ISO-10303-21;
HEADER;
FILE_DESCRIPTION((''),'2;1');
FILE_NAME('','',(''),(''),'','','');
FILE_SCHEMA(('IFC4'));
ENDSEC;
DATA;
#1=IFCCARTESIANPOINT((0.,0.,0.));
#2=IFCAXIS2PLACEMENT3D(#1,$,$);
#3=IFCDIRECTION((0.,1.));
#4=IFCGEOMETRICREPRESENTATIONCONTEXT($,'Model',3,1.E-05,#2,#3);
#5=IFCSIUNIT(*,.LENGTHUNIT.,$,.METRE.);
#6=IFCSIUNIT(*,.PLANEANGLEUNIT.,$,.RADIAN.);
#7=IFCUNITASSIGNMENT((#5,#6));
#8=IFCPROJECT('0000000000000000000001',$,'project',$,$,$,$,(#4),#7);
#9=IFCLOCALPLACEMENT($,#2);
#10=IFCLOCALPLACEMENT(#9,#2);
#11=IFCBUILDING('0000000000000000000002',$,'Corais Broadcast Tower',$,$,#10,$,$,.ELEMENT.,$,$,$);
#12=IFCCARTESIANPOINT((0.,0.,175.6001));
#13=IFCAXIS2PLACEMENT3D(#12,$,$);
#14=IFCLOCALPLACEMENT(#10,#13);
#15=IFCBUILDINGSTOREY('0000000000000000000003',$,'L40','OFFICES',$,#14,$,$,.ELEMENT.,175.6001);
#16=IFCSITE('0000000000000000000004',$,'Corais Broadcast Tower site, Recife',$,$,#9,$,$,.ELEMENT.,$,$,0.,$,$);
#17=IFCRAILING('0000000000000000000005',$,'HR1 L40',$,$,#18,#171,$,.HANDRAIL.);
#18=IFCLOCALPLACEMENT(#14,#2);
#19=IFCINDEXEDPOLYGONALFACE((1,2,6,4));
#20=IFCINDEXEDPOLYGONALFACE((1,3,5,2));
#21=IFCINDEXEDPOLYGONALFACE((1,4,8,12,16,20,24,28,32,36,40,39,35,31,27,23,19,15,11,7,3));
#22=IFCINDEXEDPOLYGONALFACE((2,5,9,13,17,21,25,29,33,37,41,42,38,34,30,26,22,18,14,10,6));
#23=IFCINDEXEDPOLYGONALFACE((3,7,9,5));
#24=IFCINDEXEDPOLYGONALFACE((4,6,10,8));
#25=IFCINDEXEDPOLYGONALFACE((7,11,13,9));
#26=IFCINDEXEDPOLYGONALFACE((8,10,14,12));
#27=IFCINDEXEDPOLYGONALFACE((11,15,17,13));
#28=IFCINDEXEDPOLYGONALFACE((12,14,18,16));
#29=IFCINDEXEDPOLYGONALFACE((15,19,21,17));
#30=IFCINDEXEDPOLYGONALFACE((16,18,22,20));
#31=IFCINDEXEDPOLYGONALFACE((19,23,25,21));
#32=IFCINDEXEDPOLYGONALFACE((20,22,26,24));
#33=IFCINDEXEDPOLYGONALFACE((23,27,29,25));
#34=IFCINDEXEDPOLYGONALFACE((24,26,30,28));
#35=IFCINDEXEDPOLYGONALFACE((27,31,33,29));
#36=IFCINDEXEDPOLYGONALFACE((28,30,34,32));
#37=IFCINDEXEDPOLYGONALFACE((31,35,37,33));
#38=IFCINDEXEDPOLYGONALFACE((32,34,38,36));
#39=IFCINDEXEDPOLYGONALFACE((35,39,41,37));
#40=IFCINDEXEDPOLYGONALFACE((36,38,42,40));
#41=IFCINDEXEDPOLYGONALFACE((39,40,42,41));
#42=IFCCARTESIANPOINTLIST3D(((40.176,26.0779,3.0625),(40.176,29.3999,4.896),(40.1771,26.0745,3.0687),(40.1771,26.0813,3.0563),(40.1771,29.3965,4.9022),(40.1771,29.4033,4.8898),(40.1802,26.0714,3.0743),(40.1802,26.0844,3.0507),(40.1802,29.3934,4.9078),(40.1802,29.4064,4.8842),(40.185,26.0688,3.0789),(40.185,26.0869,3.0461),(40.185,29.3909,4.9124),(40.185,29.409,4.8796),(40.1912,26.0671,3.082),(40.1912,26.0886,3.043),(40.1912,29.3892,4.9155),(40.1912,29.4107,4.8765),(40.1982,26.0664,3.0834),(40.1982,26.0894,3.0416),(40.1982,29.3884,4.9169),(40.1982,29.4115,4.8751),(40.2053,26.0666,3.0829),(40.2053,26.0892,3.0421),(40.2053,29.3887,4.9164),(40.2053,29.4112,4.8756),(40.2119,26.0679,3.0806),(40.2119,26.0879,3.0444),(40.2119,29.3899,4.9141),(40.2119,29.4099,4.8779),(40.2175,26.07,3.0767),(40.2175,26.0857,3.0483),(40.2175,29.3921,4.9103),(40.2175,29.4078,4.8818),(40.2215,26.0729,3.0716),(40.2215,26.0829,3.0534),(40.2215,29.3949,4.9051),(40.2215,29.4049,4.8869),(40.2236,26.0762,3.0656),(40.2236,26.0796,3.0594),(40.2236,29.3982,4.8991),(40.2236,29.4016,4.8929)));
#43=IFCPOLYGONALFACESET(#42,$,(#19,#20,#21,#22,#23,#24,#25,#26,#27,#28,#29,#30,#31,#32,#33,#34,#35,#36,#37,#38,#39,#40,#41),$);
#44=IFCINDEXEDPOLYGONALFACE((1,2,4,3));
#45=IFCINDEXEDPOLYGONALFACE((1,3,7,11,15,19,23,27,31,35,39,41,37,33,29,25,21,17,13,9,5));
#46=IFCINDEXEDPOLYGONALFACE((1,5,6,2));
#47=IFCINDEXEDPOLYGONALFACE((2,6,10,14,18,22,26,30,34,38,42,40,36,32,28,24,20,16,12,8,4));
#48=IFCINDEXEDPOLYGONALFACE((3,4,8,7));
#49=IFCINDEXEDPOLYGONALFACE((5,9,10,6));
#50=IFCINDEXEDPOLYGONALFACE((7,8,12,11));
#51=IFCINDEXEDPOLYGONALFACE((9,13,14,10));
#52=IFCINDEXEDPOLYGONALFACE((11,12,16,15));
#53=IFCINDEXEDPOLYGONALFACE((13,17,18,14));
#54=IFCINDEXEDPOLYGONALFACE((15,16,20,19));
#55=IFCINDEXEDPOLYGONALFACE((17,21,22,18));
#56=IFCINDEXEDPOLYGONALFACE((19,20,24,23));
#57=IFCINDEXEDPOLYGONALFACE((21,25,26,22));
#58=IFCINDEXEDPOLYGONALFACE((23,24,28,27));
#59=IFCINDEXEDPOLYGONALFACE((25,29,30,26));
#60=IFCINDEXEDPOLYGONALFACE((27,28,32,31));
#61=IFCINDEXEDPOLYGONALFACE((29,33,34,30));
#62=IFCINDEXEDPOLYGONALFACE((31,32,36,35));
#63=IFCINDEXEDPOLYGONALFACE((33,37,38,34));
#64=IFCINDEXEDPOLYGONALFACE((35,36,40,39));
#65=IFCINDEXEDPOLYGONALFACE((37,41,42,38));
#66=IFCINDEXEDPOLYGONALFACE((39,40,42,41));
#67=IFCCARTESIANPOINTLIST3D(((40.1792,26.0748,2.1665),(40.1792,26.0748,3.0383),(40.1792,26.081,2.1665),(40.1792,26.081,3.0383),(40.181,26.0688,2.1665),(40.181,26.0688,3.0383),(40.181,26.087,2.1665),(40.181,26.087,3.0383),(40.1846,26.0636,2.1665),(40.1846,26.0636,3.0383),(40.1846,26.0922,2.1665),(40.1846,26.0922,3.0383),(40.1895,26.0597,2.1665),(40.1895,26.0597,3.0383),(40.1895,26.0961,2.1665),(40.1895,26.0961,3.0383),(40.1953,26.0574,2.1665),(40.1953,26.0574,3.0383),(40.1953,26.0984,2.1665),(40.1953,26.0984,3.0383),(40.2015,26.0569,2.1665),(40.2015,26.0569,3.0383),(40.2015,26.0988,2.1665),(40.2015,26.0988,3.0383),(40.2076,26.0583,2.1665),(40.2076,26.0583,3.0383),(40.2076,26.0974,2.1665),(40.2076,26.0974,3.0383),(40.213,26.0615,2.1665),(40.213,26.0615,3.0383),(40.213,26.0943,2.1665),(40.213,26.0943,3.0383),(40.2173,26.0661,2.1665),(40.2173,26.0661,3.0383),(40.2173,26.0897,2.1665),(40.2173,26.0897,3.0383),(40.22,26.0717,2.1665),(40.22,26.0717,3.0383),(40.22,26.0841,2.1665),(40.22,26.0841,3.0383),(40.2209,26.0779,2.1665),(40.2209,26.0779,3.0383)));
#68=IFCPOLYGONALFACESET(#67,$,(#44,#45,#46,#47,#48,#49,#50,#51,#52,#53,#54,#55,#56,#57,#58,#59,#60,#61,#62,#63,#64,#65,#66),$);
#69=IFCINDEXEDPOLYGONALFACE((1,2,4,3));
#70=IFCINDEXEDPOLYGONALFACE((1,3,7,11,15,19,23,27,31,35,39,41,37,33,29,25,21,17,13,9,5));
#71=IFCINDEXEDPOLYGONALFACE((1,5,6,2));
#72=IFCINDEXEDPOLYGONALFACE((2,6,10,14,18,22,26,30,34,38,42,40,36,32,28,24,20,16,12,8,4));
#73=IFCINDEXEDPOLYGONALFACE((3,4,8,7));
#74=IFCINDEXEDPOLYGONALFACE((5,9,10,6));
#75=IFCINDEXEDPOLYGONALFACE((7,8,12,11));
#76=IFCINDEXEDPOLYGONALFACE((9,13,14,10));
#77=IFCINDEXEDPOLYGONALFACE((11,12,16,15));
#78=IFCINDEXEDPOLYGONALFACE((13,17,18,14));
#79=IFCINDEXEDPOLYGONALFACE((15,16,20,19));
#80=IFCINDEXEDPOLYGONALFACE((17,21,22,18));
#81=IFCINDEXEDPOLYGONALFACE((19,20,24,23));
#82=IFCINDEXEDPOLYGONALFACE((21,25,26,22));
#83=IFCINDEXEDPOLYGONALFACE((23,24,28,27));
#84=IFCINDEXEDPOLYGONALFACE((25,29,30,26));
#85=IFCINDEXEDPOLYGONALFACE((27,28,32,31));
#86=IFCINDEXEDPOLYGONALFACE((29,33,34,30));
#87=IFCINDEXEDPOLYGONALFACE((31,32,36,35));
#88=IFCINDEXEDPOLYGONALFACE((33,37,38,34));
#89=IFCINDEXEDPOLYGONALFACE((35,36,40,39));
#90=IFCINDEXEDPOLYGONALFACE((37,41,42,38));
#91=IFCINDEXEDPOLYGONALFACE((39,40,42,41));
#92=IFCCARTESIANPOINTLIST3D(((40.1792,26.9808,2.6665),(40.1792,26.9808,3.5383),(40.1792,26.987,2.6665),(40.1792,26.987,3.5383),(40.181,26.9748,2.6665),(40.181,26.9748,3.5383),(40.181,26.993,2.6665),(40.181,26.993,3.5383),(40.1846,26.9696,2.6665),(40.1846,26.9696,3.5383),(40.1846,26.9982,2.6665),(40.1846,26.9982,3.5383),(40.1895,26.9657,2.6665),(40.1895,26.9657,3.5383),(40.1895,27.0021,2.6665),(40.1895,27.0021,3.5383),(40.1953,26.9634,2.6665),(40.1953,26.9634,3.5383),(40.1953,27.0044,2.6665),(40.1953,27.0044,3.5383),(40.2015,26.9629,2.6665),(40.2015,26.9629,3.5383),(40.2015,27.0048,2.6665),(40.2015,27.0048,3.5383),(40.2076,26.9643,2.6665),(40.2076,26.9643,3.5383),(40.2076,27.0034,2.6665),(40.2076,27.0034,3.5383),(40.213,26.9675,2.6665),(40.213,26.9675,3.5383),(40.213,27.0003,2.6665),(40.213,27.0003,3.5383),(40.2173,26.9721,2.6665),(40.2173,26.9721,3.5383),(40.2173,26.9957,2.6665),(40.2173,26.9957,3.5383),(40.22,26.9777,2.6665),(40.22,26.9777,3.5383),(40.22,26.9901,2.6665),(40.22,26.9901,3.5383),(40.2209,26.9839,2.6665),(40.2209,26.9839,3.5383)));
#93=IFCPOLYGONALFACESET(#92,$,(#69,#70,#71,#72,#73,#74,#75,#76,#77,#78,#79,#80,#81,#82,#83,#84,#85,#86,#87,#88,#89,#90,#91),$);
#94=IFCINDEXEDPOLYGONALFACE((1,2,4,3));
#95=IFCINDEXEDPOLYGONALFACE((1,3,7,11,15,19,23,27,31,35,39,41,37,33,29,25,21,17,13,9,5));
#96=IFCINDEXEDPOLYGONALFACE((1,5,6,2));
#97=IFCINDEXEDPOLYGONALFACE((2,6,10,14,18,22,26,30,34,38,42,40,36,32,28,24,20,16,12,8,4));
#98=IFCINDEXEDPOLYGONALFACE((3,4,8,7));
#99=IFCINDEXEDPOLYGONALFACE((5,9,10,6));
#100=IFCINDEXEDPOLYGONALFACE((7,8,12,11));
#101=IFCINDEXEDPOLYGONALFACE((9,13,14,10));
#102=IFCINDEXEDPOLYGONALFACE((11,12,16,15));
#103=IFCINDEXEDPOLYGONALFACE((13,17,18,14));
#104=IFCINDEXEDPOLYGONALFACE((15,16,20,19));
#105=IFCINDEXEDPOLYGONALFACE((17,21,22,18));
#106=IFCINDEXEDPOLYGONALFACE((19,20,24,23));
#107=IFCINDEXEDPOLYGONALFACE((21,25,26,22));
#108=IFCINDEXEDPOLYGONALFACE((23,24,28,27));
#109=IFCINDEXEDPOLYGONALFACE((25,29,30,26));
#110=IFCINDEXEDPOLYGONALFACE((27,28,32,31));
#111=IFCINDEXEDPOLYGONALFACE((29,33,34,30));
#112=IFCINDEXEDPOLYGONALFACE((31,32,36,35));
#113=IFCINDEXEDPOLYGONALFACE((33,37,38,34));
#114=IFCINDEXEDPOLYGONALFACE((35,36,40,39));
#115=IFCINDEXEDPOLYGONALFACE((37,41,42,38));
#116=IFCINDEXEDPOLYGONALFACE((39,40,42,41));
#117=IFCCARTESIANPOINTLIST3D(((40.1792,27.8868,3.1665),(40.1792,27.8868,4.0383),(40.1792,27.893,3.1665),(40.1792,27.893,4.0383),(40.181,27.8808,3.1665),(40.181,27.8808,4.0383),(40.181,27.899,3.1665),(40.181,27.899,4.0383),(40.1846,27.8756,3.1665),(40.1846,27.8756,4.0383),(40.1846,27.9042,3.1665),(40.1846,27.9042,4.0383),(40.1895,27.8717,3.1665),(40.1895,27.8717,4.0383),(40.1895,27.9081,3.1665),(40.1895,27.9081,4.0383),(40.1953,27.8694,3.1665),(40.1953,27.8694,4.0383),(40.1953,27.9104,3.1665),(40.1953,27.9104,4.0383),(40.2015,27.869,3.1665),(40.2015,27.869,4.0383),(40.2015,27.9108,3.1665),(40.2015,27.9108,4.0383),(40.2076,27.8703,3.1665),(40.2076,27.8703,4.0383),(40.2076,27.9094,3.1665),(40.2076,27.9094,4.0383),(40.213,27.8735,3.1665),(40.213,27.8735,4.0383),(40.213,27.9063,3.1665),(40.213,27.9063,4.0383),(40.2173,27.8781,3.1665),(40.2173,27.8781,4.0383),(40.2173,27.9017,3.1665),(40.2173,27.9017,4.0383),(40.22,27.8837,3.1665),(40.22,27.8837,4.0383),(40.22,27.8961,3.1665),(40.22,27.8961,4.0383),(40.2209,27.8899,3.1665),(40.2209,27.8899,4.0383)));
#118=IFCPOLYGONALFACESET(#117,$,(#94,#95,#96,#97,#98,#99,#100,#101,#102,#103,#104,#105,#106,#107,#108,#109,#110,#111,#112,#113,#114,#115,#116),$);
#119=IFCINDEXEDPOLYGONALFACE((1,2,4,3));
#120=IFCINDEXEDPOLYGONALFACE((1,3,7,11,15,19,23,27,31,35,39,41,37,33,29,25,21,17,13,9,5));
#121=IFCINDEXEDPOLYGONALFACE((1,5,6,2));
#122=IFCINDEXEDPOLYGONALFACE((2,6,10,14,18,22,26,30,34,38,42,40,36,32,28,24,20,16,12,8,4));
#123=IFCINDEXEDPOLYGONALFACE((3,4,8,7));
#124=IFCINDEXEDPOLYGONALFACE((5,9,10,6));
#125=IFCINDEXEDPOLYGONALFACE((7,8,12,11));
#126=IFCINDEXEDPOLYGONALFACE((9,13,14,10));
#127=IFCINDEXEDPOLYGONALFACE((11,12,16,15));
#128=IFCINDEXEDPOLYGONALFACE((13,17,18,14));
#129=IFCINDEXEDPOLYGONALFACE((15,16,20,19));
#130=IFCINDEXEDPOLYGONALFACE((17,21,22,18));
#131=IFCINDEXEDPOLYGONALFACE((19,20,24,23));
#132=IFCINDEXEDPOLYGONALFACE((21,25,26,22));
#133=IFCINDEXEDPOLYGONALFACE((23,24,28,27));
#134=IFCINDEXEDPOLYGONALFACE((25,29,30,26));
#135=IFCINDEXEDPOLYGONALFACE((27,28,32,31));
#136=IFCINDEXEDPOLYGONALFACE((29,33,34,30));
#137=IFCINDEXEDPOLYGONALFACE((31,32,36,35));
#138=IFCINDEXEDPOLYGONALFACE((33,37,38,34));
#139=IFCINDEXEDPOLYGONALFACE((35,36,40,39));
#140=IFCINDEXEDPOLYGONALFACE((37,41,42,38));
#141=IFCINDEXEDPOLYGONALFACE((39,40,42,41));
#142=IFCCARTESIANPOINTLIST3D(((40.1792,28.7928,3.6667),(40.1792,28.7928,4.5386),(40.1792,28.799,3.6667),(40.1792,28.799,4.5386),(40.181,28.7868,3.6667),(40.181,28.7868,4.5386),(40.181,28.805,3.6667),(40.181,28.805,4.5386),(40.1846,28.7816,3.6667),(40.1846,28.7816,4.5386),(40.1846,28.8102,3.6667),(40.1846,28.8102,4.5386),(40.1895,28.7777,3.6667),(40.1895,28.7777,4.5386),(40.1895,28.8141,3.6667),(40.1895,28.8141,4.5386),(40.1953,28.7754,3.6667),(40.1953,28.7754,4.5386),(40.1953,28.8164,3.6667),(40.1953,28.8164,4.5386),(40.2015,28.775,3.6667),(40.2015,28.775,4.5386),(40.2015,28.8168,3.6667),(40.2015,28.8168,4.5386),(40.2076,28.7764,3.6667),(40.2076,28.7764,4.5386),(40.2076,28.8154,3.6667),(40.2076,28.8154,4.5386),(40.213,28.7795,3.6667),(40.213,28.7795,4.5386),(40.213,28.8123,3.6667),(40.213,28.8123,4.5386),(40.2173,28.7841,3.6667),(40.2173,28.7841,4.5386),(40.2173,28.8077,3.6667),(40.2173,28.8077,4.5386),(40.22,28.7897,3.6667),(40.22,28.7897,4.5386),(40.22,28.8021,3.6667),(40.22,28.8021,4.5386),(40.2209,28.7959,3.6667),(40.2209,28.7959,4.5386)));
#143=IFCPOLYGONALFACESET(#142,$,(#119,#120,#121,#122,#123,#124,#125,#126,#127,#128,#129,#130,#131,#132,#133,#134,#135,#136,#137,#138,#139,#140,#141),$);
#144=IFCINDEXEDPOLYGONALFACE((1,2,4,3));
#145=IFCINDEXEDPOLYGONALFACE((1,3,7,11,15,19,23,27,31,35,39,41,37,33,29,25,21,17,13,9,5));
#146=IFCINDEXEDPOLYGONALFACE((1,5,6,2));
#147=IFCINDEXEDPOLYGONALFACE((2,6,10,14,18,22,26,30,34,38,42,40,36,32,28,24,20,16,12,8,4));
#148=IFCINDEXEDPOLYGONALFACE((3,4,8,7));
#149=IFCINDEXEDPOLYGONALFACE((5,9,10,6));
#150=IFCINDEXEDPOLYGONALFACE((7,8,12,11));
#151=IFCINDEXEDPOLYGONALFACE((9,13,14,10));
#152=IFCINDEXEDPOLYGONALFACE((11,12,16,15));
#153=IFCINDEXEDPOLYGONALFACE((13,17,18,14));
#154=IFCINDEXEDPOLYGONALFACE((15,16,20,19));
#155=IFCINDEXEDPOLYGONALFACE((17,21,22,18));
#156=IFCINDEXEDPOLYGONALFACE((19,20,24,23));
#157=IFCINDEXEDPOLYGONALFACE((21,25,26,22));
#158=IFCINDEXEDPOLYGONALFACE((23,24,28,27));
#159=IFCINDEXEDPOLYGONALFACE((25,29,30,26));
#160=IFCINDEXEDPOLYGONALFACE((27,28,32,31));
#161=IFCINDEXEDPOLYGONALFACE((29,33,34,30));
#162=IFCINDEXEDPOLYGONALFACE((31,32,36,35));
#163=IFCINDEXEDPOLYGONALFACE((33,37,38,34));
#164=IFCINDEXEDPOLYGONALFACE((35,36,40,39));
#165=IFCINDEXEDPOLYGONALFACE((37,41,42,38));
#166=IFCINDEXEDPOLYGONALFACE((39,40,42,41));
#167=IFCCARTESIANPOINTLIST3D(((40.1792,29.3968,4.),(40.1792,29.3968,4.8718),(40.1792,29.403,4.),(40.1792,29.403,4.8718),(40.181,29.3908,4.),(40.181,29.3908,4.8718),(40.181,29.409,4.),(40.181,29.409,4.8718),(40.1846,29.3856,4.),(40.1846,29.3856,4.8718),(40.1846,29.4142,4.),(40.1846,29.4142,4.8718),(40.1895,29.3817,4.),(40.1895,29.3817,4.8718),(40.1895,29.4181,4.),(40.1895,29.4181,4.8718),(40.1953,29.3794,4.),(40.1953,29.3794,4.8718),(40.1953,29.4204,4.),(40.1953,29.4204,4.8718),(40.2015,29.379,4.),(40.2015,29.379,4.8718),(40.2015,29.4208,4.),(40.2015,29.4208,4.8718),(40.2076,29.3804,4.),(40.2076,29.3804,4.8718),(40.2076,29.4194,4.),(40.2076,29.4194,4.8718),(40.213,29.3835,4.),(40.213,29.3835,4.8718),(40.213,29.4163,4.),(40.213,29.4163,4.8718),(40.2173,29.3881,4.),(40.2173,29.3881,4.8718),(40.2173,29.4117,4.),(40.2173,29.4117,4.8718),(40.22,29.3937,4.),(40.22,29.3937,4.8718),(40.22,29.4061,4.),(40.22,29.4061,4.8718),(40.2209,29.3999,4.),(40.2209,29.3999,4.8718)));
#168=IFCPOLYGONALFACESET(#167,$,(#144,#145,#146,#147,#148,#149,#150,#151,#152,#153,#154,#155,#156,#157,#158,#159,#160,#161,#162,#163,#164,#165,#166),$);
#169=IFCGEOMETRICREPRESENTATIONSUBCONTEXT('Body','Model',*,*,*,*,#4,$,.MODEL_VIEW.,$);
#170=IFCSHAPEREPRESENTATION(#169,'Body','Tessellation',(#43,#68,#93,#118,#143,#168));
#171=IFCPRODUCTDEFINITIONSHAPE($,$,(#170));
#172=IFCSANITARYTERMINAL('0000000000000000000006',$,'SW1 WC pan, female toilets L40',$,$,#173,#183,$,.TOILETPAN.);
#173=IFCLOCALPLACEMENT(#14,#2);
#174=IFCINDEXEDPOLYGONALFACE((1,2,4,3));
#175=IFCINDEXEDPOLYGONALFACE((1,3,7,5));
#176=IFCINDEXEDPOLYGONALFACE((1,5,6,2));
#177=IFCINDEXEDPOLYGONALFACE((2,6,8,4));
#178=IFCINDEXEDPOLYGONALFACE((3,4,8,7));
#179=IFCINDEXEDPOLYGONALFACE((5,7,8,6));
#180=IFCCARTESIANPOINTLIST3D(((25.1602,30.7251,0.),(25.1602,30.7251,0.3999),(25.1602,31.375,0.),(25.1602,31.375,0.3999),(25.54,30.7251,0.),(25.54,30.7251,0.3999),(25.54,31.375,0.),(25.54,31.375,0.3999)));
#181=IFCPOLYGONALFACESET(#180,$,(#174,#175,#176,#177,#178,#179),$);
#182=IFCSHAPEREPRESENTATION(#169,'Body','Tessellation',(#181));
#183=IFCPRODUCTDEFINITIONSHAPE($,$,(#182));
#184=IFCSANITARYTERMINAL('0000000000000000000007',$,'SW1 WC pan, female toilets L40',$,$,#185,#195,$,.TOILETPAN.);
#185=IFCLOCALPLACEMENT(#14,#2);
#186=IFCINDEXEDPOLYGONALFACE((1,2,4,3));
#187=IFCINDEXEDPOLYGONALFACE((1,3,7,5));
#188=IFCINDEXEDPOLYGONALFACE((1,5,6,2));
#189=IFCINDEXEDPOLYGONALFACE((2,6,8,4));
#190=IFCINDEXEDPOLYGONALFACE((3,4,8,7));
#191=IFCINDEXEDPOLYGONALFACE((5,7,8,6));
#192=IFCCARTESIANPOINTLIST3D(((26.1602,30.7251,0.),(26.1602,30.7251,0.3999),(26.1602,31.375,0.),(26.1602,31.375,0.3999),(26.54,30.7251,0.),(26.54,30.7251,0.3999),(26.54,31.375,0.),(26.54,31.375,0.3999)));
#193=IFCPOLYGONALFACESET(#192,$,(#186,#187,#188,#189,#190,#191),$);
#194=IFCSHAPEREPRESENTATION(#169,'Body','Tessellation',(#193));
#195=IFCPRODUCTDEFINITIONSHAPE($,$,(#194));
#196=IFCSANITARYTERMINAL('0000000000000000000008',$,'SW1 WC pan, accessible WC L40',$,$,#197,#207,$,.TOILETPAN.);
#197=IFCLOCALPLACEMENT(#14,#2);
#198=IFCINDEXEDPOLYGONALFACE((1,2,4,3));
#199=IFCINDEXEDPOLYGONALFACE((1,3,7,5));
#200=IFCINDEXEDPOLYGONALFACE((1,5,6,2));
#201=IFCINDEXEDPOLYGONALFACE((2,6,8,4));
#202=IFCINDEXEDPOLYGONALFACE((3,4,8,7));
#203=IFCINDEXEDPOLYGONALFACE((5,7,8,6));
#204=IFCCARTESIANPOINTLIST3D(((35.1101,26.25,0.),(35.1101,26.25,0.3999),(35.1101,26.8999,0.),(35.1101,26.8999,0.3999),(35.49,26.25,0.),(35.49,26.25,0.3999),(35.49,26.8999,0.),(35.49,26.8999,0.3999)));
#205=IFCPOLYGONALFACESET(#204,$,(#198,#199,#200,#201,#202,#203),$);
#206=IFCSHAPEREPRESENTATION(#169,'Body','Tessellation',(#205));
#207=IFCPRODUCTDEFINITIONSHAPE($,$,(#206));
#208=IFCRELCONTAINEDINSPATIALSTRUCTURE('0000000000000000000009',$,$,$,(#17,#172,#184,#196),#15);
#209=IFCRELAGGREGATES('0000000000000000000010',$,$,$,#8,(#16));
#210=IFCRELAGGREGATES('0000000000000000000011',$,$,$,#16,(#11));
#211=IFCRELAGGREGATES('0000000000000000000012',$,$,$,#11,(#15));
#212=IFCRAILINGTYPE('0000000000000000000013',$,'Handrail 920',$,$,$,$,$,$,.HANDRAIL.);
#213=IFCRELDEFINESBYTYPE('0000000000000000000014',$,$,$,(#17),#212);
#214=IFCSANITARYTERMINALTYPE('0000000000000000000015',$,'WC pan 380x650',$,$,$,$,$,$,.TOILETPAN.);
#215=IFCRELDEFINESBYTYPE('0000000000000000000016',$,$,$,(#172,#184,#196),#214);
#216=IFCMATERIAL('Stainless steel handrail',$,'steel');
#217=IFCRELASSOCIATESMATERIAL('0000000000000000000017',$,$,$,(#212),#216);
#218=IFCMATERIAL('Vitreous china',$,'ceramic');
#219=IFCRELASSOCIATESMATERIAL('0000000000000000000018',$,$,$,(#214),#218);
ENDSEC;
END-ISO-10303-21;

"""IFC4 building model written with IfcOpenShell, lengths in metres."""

from ifc_helpers import new_model, si_unit, direction, frame, origin, origin_2d, place, context, subcontext, project, spatial, rectangle, circle, extrude, material, type_object, element, save


model = new_model("IFC4")

# Units and contexts
model_context = context("Model", 3, precision=1e-05, world=origin(), true_north=direction((0.0, 1.0)))
body_context = subcontext(model_context, "Body", "Model", "MODEL_VIEW")
ifc_project = project(units=[si_unit("LENGTHUNIT", "METRE"), si_unit("PLANEANGLEUNIT", "RADIAN")], contexts=[model_context])

# Site, building, storey
site_placement = place(None, origin())
site = spatial("IfcSite", under=ifc_project, at=site_placement, Name="Corais Broadcast Tower site, Recife", CompositionType="ELEMENT", RefElevation=0.0)
building_placement = place(site_placement, origin())
building = spatial("IfcBuilding", under=site, at=building_placement, Name="Corais Broadcast Tower", CompositionType="ELEMENT")
storey_placement = place(building_placement, frame((0.0, 0.0, 175.6001)))
storey = spatial("IfcBuildingStorey", under=building, at=storey_placement, Name="L40", Description="OFFICES", CompositionType="ELEMENT", Elevation=175.6001)

# Railing
ifc_material_1 = material(Name="Stainless steel handrail", Category="steel")
railing_type = type_object("IfcRailingType", Name="Handrail 920", PredefinedType="HANDRAIL", material=ifc_material_1)
railing_placement = place(storey_placement, frame((40.2, 26.0779, 2.1665)))
element("IfcRailing", 1, at=railing_placement, inside=storey, type_object=railing_type, Name="HR1 L40", PredefinedType="HANDRAIL", context=body_context, shape_type="SweptSolid", body=[
    extrude(circle(Radius=0.0239, at=origin_2d()), frame((0.0, 0.0, 0.896), z_axis=(0.0, 0.875504, 0.48321), x_axis=(-1.0, 0.0, 0.0)), (0.0, 0.0, 1.0), 3.7944),
    extrude(circle(Radius=0.021, at=origin_2d()), origin(), (0.0, 0.0, 1.0), 0.8718),
    extrude(circle(Radius=0.021, at=origin_2d()), frame((0.0, 0.906, 0.5)), (0.0, 0.0, 1.0), 0.8718),
    extrude(circle(Radius=0.021, at=origin_2d()), frame((0.0, 1.812, 1.0)), (0.0, 0.0, 1.0), 0.8718),
    extrude(circle(Radius=0.021, at=origin_2d()), frame((0.0, 2.718, 1.5002)), (0.0, 0.0, 1.0), 0.8718),
    extrude(circle(Radius=0.021, at=origin_2d()), frame((0.0, 3.322, 1.8335)), (0.0, 0.0, 1.0), 0.8718),
])

# Sanitary terminals
ifc_material_2 = material(Name="Vitreous china", Category="ceramic")
sanitary_terminal_type_1 = type_object("IfcSanitaryTerminalType", Name="WC pan 380x650", PredefinedType="TOILETPAN", material=ifc_material_2)
for number, where, z_axis, x_axis, name in (
    (2, (25.3501, 31.05, 0.0), (0.0, 0.0, 1.0), (1.0, 0.0, 0.0), "SW1 WC pan, female toilets L40"),
    (3, (26.3501, 31.05, 0.0), (0.0, 0.0, 1.0), (1.0, 0.0, 0.0), "SW1 WC pan, female toilets L40"),
    (4, (35.3, 26.575, 0.0), (0.0, 0.0, 1.0), (1.0, 0.0, 0.0), "SW1 WC pan, accessible WC L40"),
):
    element("IfcSanitaryTerminal", number, at=place(storey_placement, frame(where, z_axis=z_axis, x_axis=x_axis)), inside=storey, type_object=sanitary_terminal_type_1, Name=name, PredefinedType="TOILETPAN", context=body_context, shape_type="SweptSolid", body=[
        extrude(rectangle(XDim=0.3799, YDim=0.6499, at=origin_2d()), origin(), (0.0, 0.0, 1.0), 0.3999),
    ])

save(model, "model.ifc")
